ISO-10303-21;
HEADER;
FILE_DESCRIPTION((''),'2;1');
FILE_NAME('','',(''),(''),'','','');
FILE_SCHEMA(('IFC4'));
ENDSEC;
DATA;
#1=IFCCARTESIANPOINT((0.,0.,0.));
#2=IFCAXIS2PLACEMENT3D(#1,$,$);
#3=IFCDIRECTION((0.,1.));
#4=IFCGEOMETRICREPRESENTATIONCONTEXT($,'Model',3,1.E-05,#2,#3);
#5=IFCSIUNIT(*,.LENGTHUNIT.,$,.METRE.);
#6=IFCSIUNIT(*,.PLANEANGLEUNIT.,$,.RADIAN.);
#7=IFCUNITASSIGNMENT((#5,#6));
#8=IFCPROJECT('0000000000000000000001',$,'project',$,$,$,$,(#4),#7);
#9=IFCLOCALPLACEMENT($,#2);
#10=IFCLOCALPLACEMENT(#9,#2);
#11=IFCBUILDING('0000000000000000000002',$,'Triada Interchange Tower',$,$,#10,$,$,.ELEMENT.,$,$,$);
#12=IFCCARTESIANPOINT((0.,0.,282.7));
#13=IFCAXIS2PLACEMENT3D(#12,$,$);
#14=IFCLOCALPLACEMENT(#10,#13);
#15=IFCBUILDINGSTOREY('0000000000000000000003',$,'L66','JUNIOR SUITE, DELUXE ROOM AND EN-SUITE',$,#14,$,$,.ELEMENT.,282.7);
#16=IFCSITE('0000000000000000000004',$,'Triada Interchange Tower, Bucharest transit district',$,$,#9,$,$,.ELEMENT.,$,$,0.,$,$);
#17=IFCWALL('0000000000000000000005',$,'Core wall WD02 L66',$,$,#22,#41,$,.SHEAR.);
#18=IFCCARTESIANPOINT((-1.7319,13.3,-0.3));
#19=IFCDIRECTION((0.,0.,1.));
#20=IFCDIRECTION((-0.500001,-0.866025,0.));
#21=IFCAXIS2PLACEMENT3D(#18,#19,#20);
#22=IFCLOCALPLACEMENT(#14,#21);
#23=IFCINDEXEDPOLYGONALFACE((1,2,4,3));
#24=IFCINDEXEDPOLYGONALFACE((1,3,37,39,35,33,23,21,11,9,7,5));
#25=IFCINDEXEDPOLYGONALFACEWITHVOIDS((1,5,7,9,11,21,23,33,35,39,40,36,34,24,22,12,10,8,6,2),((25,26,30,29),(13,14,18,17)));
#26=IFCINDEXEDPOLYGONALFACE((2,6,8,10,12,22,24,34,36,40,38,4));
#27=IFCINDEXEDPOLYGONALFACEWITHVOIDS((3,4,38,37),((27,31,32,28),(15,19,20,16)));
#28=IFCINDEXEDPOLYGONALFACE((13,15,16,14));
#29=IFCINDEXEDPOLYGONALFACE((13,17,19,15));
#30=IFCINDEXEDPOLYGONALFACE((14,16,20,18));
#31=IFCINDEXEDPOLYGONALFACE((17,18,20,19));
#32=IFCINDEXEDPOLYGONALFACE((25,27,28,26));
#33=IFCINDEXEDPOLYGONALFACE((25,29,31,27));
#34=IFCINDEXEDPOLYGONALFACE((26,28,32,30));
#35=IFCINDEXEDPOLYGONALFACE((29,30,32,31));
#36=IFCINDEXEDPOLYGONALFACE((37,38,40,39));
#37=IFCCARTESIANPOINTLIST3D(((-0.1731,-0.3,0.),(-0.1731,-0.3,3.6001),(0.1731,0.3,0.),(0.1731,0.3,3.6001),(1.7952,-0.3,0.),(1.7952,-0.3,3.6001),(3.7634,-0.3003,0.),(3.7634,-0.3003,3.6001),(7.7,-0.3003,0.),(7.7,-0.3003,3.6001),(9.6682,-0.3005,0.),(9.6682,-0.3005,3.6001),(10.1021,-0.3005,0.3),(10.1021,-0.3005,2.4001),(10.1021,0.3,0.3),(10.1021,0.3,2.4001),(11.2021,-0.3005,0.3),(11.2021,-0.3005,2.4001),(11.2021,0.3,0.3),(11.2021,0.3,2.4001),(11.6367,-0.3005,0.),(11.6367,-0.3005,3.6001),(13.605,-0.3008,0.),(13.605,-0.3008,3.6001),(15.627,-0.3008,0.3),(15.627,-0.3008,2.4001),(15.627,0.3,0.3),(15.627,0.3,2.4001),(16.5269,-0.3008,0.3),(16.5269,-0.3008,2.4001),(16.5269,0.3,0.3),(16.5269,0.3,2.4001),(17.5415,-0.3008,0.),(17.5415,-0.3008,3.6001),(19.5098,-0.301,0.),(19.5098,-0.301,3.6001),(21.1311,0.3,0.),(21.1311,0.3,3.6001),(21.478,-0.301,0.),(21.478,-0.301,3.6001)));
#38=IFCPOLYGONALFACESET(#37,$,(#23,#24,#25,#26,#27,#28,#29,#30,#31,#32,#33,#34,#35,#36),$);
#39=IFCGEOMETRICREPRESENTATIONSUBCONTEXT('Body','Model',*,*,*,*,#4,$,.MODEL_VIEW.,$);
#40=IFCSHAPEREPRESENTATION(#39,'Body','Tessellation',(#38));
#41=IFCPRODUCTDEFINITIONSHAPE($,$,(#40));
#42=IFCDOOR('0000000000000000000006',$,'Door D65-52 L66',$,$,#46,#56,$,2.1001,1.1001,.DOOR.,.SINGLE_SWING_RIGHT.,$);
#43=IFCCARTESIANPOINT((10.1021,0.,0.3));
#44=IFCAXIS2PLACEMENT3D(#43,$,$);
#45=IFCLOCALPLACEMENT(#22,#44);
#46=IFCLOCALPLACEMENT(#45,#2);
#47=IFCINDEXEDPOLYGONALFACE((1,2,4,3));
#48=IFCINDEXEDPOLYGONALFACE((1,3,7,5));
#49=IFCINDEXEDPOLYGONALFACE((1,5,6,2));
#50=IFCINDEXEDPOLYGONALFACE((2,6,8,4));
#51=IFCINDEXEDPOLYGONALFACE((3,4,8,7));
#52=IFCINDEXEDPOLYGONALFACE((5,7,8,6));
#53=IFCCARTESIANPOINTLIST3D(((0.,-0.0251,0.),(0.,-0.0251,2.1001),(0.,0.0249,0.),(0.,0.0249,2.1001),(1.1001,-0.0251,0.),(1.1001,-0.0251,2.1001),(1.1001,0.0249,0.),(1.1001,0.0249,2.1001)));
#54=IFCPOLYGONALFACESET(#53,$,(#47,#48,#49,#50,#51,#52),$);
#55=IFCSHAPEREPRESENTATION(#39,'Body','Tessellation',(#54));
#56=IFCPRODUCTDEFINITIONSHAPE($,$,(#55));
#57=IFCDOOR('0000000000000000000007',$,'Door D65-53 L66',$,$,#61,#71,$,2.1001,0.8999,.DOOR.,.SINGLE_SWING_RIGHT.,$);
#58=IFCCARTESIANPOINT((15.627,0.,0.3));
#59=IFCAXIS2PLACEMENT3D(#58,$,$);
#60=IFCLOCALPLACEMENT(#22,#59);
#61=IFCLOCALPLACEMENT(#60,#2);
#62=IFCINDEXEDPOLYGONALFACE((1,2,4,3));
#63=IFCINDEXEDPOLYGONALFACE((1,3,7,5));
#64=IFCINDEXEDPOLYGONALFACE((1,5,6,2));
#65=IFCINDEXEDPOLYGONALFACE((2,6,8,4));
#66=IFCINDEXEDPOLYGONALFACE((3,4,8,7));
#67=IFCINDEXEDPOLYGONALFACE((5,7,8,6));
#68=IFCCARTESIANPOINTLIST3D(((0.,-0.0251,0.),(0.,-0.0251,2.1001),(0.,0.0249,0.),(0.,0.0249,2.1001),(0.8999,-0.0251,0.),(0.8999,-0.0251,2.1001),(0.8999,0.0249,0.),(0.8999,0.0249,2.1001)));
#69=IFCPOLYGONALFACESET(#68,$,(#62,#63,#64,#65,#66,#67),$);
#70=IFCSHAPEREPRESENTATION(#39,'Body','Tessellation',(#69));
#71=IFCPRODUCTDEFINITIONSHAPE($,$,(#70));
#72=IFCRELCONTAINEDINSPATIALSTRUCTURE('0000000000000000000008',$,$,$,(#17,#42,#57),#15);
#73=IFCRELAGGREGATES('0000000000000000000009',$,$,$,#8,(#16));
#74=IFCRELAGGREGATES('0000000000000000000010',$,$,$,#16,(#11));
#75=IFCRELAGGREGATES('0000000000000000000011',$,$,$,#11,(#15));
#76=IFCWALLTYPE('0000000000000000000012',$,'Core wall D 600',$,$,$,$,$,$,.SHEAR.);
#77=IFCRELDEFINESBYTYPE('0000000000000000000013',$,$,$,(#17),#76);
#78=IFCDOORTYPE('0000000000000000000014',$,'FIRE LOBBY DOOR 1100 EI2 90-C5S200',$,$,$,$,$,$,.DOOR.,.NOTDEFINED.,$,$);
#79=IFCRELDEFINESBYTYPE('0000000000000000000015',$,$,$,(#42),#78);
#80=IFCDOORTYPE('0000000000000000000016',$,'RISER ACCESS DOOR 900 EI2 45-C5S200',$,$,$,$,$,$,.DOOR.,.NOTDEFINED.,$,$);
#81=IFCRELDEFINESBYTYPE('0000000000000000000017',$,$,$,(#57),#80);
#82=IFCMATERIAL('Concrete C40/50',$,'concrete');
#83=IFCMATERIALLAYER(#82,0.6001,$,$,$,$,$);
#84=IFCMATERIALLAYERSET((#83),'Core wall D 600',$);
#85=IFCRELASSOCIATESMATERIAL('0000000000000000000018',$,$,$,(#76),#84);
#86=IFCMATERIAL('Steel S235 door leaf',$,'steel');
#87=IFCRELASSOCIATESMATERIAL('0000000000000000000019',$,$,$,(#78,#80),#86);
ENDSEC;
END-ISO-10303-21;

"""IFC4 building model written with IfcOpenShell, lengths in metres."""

from ifc_helpers import new_model, si_unit, direction, frame, frame_2d, origin, place, context, subcontext, project, spatial, polyline, rectangle, outline, extrude, material, layer, layer_set, type_object, element, fill, save


model = new_model("IFC4")

# Units and contexts
model_context = context("Model", 3, precision=1e-05, world=origin(), true_north=direction((0.0, 1.0)))
body_context = subcontext(model_context, "Body", "Model", "MODEL_VIEW")
ifc_project = project(units=[si_unit("LENGTHUNIT", "METRE"), si_unit("PLANEANGLEUNIT", "RADIAN")], contexts=[model_context])

# Site, building, storey
site_placement = place(None, origin())
site = spatial("IfcSite", under=ifc_project, at=site_placement, Name="Triada Interchange Tower, Bucharest transit district", CompositionType="ELEMENT", RefElevation=0.0)
building_placement = place(site_placement, origin())
building = spatial("IfcBuilding", under=site, at=building_placement, Name="Triada Interchange Tower", CompositionType="ELEMENT")
storey_placement = place(building_placement, frame((0.0, 0.0, 282.7)))
storey = spatial("IfcBuildingStorey", under=building, at=storey_placement, Name="L66", Description="JUNIOR SUITE, DELUXE ROOM AND EN-SUITE", CompositionType="ELEMENT", Elevation=282.7)

# Shared definitions
ifc_material_1 = material(Name="Concrete C40/50", Category="concrete")

# Wall, openings, doors
ifc_layer_1 = layer(ifc_material_1, 0.6001)
ifc_layer_set_1 = layer_set([ifc_layer_1], Name="Core wall D 600")
wall_type_1 = type_object("IfcWallType", Name="Core wall D 600", PredefinedType="SHEAR", material=ifc_layer_set_1)
wall_1_placement = place(storey_placement, frame((-1.7319, 13.3, -0.3), z_axis=(0.0, 0.0, 1.0), x_axis=(-0.500001, -0.866025, 0.0)))
wall_1 = element("IfcWall", 1, at=wall_1_placement, inside=storey, type_object=wall_type_1, Name="Core wall WD02 L66", PredefinedType="SHEAR", context=body_context, shape_type="SweptSolid", body=[
    extrude(outline(polyline([(-0.1731, -0.3), (1.7952, -0.3), (3.7634, -0.3003), (5.7317, -0.3003), (7.7, -0.3003), (9.6682, -0.3005), (11.6367, -0.3005), (13.605, -0.3008), (15.5732, -0.3008), (17.5415, -0.3008), (19.5098, -0.301), (21.478, -0.301), (21.1311, 0.3), (19.2258, 0.3), (17.3206, 0.3), (15.4153, 0.3), (13.51, 0.3), (11.6047, 0.3), (9.6995, 0.3), (7.7942, 0.3), (5.8889, 0.3), (3.9836, 0.3), (2.0784, 0.3), (0.1731, 0.3), (-0.1731, -0.3)])), origin(), (0.0, 0.0, 1.0), 3.6001),
])
opening_1_placement = place(wall_1_placement, frame((10.1021, 0.0, 0.3)))
opening_1 = element("IfcOpeningElement", 2, at=opening_1_placement, cuts=wall_1, PredefinedType="OPENING", context=body_context, shape_type="SweptSolid", body=[
    extrude(rectangle(XDim=1.1001, YDim=2.1001, at=frame_2d((0.55, 1.05))), frame((0.0, 0.3101, 0.0), z_axis=(0.0, -1.0, 0.0), x_axis=(1.0, 0.0, 0.0)), (0.0, 0.0, 1.0), 0.6211),
])
opening_2_placement = place(wall_1_placement, frame((15.627, 0.0, 0.3)))
opening_2 = element("IfcOpeningElement", 3, at=opening_2_placement, cuts=wall_1, PredefinedType="OPENING", context=body_context, shape_type="SweptSolid", body=[
    extrude(rectangle(XDim=0.8999, YDim=2.1001, at=frame_2d((0.45, 1.05))), frame((0.0, 0.3101, 0.0), z_axis=(0.0, -1.0, 0.0), x_axis=(1.0, 0.0, 0.0)), (0.0, 0.0, 1.0), 0.6211),
])
ifc_material_2 = material(Name="Steel S235 door leaf", Category="steel")
door_type_1 = type_object("IfcDoorType", Name="FIRE LOBBY DOOR 1100 EI2 90-C5S200", OperationType="NOTDEFINED", PredefinedType="DOOR", material=ifc_material_2)
door_1_placement = place(opening_1_placement, origin())
door_1 = element("IfcDoor", 4, at=door_1_placement, inside=storey, type_object=door_type_1, Name="Door D65-52 L66", OperationType="SINGLE_SWING_RIGHT", OverallHeight=2.1001, OverallWidth=1.1001, PredefinedType="DOOR", context=body_context, shape_type="SweptSolid", body=[
    extrude(rectangle(XDim=1.1001, YDim=2.1001, at=frame_2d((0.55, 1.05))), frame((0.0, 0.0249, 0.0), z_axis=(0.0, -1.0, 0.0), x_axis=(1.0, 0.0, 0.0)), (0.0, 0.0, 1.0), 0.05),
])
fill(opening_1, door_1)
door_type_2 = type_object("IfcDoorType", Name="RISER ACCESS DOOR 900 EI2 45-C5S200", OperationType="NOTDEFINED", PredefinedType="DOOR", material=ifc_material_2)
door_2_placement = place(opening_2_placement, origin())
door_2 = element("IfcDoor", 5, at=door_2_placement, inside=storey, type_object=door_type_2, Name="Door D65-53 L66", OperationType="SINGLE_SWING_RIGHT", OverallHeight=2.1001, OverallWidth=0.8999, PredefinedType="DOOR", context=body_context, shape_type="SweptSolid", body=[
    extrude(rectangle(XDim=0.8999, YDim=2.1001, at=frame_2d((0.45, 1.05))), frame((0.0, 0.0249, 0.0), z_axis=(0.0, -1.0, 0.0), x_axis=(1.0, 0.0, 0.0)), (0.0, 0.0, 1.0), 0.05),
])
fill(opening_2, door_2)

save(model, "model.ifc")
